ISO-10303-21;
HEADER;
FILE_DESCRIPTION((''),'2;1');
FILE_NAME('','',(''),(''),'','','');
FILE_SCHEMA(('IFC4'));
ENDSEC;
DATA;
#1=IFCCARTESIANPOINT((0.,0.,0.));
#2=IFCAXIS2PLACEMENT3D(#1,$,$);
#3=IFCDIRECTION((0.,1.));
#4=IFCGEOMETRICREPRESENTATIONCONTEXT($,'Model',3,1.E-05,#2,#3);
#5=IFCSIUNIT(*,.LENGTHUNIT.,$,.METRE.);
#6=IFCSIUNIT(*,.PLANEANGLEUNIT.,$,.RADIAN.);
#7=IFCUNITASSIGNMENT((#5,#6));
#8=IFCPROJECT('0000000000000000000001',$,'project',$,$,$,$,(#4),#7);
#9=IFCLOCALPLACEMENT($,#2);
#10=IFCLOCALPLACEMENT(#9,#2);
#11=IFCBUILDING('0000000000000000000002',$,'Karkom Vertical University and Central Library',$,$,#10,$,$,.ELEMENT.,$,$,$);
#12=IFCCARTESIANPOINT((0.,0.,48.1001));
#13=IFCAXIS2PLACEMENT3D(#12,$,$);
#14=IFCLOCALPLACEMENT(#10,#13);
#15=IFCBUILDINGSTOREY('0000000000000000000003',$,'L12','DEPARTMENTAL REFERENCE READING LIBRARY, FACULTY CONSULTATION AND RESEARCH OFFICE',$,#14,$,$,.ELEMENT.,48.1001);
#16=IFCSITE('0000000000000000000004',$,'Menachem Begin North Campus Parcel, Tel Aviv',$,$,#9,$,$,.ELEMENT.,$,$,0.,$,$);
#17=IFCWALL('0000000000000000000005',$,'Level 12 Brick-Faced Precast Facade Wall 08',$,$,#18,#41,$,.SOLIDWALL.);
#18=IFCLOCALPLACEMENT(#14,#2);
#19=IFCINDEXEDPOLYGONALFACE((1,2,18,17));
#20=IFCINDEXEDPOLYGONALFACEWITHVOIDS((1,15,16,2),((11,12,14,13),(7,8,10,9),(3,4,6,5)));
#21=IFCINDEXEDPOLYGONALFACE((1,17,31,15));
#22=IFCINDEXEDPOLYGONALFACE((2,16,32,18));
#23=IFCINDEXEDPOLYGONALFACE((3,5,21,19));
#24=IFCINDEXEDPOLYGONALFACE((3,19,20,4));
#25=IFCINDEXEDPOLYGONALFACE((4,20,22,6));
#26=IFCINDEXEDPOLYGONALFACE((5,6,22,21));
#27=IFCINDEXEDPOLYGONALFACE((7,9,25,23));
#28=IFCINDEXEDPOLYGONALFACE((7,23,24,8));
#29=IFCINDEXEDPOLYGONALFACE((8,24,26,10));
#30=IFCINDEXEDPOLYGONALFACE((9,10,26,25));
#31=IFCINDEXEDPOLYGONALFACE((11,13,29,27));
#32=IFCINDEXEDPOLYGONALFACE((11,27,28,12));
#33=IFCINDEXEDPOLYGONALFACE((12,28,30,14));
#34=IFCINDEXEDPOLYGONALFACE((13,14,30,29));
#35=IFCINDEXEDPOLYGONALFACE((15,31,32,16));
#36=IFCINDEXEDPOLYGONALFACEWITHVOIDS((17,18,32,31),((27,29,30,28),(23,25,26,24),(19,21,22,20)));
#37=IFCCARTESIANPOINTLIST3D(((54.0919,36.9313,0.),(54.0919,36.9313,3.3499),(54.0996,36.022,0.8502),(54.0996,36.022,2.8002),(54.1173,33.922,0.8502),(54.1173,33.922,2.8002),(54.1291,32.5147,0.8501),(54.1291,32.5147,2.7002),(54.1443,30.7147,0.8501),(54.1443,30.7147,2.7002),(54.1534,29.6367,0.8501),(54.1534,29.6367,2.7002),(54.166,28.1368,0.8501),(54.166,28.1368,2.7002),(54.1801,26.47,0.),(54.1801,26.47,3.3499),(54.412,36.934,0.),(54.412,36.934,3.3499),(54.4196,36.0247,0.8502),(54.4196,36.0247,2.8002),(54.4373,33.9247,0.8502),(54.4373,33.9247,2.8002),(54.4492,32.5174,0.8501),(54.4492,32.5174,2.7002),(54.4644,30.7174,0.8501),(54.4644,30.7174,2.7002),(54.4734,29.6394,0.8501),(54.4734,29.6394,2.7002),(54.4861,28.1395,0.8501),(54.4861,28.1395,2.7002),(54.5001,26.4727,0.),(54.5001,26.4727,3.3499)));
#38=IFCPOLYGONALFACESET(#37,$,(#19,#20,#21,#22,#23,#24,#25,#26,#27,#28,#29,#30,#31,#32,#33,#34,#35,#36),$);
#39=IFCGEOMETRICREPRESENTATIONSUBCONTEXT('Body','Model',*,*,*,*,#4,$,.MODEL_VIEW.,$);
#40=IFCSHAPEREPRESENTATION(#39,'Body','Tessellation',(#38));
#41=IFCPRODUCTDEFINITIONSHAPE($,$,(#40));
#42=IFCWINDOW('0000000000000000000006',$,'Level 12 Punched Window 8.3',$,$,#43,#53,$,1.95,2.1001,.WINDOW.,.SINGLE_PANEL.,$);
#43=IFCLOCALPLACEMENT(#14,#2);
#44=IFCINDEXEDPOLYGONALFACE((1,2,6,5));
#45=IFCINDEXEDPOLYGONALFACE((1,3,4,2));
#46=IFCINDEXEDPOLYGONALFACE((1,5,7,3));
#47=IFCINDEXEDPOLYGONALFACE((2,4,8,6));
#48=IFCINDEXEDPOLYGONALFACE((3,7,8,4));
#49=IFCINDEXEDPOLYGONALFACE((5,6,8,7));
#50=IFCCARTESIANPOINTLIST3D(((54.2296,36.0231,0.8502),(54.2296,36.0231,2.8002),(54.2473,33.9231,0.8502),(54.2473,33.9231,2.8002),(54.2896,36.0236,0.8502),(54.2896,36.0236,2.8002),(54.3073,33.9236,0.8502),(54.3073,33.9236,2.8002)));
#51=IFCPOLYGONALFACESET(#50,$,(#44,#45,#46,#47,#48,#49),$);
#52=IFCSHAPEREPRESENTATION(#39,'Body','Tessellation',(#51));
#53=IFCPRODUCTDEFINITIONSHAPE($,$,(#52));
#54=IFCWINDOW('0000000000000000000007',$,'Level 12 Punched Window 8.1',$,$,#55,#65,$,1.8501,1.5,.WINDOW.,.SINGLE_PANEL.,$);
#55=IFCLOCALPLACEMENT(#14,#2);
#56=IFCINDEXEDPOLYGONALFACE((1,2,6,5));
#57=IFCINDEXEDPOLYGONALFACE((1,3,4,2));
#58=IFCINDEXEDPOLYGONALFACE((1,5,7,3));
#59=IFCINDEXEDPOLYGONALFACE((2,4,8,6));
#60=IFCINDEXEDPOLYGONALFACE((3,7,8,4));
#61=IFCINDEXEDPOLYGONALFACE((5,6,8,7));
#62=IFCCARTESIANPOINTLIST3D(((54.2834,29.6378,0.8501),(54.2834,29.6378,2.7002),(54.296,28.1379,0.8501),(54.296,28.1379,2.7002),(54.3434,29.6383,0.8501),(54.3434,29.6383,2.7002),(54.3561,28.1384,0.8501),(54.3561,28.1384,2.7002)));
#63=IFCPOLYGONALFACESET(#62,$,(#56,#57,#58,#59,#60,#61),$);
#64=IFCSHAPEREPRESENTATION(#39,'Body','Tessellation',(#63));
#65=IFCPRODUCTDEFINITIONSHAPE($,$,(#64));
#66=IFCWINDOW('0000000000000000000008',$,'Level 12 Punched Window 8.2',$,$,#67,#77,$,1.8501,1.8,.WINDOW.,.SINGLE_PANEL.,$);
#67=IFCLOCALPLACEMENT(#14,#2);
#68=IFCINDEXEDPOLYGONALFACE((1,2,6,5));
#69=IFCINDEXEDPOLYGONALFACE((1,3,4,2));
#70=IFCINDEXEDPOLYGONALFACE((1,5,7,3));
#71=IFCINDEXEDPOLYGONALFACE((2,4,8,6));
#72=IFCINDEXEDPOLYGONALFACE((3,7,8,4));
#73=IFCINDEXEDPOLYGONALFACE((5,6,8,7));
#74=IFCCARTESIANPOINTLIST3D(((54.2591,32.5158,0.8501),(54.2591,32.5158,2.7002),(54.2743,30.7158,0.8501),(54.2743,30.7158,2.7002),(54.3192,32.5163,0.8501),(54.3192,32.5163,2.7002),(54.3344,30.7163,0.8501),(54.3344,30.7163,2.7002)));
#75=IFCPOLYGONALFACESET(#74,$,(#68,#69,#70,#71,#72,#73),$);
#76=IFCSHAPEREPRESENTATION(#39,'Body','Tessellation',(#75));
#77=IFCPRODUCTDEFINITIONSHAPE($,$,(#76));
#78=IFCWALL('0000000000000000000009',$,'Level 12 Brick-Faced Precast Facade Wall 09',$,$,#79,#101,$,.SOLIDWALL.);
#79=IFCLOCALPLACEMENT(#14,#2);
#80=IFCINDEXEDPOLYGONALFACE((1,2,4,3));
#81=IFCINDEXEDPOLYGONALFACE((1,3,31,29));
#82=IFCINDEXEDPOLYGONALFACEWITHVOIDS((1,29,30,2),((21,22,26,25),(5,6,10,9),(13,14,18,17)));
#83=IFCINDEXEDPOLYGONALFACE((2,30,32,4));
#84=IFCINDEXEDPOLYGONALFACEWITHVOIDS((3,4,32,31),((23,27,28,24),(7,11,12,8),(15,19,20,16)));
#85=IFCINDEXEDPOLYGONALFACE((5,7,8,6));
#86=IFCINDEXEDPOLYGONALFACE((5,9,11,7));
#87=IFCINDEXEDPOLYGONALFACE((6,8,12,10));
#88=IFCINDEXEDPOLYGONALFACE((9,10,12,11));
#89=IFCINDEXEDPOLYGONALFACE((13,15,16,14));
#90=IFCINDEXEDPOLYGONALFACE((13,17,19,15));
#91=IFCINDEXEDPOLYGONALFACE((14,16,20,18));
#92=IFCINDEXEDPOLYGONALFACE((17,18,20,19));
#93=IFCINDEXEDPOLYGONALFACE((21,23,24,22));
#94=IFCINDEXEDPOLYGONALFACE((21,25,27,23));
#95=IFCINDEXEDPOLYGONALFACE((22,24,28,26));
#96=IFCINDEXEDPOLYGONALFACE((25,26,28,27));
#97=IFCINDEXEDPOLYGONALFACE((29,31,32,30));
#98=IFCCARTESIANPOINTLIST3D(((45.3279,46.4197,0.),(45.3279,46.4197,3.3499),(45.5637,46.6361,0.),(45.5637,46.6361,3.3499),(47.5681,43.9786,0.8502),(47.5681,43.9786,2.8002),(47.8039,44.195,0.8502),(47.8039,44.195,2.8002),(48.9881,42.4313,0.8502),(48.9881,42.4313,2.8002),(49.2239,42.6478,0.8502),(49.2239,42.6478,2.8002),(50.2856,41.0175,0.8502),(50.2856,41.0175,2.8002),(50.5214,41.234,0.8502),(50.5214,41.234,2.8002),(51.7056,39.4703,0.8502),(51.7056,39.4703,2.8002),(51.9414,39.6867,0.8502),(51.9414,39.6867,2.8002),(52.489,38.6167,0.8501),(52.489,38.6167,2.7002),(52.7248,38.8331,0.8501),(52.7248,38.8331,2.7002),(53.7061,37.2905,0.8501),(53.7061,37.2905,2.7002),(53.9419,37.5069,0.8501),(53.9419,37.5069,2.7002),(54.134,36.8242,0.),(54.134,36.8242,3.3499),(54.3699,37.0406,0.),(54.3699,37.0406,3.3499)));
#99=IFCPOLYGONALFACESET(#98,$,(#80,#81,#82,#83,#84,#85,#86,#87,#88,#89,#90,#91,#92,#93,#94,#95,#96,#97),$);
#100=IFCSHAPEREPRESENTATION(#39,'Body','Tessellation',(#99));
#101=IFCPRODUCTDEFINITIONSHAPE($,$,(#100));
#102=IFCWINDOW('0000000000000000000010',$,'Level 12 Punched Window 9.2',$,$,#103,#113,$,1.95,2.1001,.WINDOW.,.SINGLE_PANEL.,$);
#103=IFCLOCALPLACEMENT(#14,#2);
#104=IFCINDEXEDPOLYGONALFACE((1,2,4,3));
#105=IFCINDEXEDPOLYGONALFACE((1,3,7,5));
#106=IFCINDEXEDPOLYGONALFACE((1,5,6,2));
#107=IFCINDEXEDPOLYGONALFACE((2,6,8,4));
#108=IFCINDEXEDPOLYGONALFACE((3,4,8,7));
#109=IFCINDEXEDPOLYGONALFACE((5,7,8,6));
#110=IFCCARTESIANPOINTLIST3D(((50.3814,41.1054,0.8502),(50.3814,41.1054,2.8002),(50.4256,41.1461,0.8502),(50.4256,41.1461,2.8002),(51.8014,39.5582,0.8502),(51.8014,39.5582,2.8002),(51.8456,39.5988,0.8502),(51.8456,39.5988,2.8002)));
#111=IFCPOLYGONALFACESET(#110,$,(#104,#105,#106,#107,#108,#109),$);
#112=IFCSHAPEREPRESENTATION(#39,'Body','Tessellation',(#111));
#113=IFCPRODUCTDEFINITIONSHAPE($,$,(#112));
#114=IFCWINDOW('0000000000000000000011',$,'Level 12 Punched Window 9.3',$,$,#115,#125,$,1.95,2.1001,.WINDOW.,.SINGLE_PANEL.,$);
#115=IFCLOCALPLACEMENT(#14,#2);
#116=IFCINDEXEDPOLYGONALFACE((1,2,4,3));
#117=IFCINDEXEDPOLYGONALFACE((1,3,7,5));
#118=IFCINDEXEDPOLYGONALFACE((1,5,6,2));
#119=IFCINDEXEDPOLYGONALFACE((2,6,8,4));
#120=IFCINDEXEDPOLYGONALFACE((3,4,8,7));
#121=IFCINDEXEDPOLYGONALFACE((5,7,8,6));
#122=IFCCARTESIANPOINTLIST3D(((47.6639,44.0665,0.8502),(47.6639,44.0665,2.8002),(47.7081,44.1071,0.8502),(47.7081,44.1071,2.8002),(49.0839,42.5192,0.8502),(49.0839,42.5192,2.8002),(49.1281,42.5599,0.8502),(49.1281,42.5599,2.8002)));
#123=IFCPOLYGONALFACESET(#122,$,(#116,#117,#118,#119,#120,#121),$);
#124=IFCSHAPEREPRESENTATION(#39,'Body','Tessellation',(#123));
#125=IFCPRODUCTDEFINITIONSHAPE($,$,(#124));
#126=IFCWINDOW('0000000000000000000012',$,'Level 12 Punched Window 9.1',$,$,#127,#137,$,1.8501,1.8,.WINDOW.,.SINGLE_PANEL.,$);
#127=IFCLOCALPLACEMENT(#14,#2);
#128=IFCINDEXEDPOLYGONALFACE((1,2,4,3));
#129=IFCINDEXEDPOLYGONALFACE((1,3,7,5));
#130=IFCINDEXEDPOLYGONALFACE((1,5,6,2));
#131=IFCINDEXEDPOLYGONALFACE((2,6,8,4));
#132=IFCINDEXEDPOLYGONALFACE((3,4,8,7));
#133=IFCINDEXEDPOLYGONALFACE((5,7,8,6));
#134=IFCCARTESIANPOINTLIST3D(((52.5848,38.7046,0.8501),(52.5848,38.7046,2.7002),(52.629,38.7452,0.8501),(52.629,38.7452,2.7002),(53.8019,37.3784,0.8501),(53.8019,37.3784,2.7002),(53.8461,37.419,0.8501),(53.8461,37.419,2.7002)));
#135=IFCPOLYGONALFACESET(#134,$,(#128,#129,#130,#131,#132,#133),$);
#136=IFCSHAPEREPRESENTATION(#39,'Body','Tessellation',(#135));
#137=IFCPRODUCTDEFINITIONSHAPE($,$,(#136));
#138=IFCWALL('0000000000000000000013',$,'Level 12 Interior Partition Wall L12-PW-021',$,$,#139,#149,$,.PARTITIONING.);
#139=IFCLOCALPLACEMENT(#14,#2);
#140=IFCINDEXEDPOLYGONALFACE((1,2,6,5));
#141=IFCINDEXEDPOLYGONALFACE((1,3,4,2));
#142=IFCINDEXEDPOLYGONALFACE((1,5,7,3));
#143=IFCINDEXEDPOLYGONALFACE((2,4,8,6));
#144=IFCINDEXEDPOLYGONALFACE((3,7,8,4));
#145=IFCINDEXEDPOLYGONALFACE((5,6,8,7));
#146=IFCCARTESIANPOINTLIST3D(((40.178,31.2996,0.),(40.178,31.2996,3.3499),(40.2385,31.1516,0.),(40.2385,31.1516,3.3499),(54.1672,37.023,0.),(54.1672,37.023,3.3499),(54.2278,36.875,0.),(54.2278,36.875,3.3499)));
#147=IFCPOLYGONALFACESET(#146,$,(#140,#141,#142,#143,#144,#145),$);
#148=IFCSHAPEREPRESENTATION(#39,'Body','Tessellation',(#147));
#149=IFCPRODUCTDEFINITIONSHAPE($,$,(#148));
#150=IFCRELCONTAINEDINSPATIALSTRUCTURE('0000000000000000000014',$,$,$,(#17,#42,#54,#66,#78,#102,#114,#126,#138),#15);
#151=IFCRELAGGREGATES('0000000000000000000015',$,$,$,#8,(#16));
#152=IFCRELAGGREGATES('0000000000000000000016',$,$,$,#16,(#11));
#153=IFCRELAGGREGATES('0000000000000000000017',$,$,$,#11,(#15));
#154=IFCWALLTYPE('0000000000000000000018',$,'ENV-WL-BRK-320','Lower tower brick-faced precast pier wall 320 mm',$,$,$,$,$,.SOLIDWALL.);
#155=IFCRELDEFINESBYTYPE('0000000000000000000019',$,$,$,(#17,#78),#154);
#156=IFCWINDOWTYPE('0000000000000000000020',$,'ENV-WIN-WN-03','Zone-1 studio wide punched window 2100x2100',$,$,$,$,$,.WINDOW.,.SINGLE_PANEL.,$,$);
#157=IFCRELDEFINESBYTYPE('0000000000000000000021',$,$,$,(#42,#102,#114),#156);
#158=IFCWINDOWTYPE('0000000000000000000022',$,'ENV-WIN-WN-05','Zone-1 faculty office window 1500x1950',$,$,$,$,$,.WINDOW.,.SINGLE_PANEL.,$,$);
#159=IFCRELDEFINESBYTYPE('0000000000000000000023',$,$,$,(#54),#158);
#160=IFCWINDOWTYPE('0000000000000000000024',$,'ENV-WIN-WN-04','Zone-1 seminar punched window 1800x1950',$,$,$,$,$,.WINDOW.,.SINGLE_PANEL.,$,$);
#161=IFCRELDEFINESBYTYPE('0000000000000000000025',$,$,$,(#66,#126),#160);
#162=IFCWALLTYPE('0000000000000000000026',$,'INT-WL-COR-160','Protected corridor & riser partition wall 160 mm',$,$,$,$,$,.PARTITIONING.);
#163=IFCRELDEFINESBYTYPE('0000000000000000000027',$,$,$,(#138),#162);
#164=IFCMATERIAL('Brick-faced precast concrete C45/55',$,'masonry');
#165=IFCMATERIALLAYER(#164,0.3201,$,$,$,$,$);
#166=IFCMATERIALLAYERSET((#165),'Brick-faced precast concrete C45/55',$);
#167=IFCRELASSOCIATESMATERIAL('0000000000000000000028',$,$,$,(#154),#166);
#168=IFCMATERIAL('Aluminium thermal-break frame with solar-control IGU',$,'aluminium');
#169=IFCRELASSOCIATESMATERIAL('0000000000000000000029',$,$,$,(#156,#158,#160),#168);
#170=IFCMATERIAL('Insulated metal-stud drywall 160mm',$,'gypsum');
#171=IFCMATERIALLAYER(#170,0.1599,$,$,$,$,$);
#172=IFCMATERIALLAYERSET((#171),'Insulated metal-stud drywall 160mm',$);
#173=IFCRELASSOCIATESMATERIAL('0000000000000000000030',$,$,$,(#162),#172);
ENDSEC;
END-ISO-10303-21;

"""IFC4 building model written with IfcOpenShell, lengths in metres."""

from ifc_helpers import new_model, si_unit, direction, frame, frame_2d, origin, origin_with_axes, place, context, subcontext, project, spatial, rectangle, extrude, source, transform, mapped, material, layer, layer_set, type_object, element, fill, save


model = new_model("IFC4")

# Units and contexts
model_context = context("Model", 3, precision=1e-05, world=origin(), true_north=direction((0.0, 1.0)))
body_context = subcontext(model_context, "Body", "Model", "MODEL_VIEW")
ifc_project = project(units=[si_unit("LENGTHUNIT", "METRE"), si_unit("PLANEANGLEUNIT", "RADIAN")], contexts=[model_context])

# Site, building, storey
site_placement = place(None, origin())
site = spatial("IfcSite", under=ifc_project, at=site_placement, Name="Menachem Begin North Campus Parcel, Tel Aviv", CompositionType="ELEMENT", RefElevation=0.0)
building_placement = place(site_placement, origin())
building = spatial("IfcBuilding", under=site, at=building_placement, Name="Karkom Vertical University and Central Library", CompositionType="ELEMENT")
storey_placement = place(building_placement, frame((0.0, 0.0, 48.1001)))
storey = spatial("IfcBuildingStorey", under=building, at=storey_placement, Name="L12", Description="DEPARTMENTAL REFERENCE READING LIBRARY, FACULTY CONSULTATION AND RESEARCH OFFICE", CompositionType="ELEMENT", Elevation=48.1001)

# Walls, openings, windows
ifc_material_1 = material(Name="Brick-faced precast concrete C45/55", Category="masonry")
ifc_layer_1 = layer(ifc_material_1, 0.3201)
ifc_layer_set_1 = layer_set([ifc_layer_1], Name="Brick-faced precast concrete C45/55")
wall_type_1 = type_object("IfcWallType", Name="ENV-WL-BRK-320", Description="Lower tower brick-faced precast pier wall 320 mm", PredefinedType="SOLIDWALL", material=ifc_layer_set_1)
wall_1_placement = place(storey_placement, frame((54.3401, 26.4712, 0.0), z_axis=(0.0, 0.0, 1.0), x_axis=(-0.008425, 0.999965, 0.0)))
wall_1 = element("IfcWall", 1, at=wall_1_placement, inside=storey, type_object=wall_type_1, Name="Level 12 Brick-Faced Precast Facade Wall 08", PredefinedType="SOLIDWALL", context=body_context, shape_type="SweptSolid", body=[
    extrude(rectangle(XDim=10.4617, YDim=0.3201, at=frame_2d((5.231, 0.0))), origin(), (0.0, 0.0, 1.0), 3.3499),
])
opening_1_placement = place(wall_1_placement, frame((1.667, 0.0, 0.8501)))
opening_1 = element("IfcOpeningElement", 2, at=opening_1_placement, cuts=wall_1, PredefinedType="OPENING", context=body_context, shape_type="SweptSolid", body=[
    extrude(rectangle(XDim=1.5, YDim=1.8501, at=frame_2d((0.75, 0.925))), frame((0.0, 0.1699, 0.0), z_axis=(0.0, -1.0, 0.0), x_axis=(1.0, 0.0, 0.0)), (0.0, 0.0, 1.0), 0.3401),
])
opening_2_placement = place(wall_1_placement, frame((4.2451, 0.0, 0.8501)))
opening_2 = element("IfcOpeningElement", 3, at=opening_2_placement, cuts=wall_1, PredefinedType="OPENING", context=body_context, shape_type="SweptSolid", body=[
    extrude(rectangle(XDim=1.8, YDim=1.8501, at=frame_2d((0.8999, 0.925))), frame((0.0, 0.1699, 0.0), z_axis=(0.0, -1.0, 0.0), x_axis=(1.0, 0.0, 0.0)), (0.0, 0.0, 1.0), 0.3401),
])
opening_3_placement = place(wall_1_placement, frame((7.4524, 0.0, 0.8501)))
opening_3 = element("IfcOpeningElement", 4, at=opening_3_placement, cuts=wall_1, PredefinedType="OPENING", context=body_context, shape_type="SweptSolid", body=[
    extrude(rectangle(XDim=2.1001, YDim=1.95, at=frame_2d((1.05, 0.9751))), frame((0.0, 0.1699, 0.0), z_axis=(0.0, -1.0, 0.0), x_axis=(1.0, 0.0, 0.0)), (0.0, 0.0, 1.0), 0.3401),
])
ifc_material_2 = material(Name="Aluminium thermal-break frame with solar-control IGU", Category="aluminium")
window_type_1 = type_object("IfcWindowType", Name="ENV-WIN-WN-03", Description="Zone-1 studio wide punched window 2100x2100", PartitioningType="SINGLE_PANEL", PredefinedType="WINDOW", material=ifc_material_2)
shared_shape_1 = source(origin_with_axes(), body_context, "Body", "SweptSolid", [
    extrude(rectangle(XDim=2.1001, YDim=1.95, at=frame_2d((1.05, 0.9751))), frame((0.0, 0.03, 0.0), z_axis=(0.0, -1.0, 0.0), x_axis=(1.0, 0.0, 0.0)), (0.0, 0.0, 1.0), 0.0601),
])
window_1_placement = place(opening_3_placement, origin())
window_1 = element("IfcWindow", 5, at=window_1_placement, inside=storey, type_object=window_type_1, Name="Level 12 Punched Window 8.3", OverallHeight=1.95, OverallWidth=2.1001, PartitioningType="SINGLE_PANEL", PredefinedType="WINDOW", context=body_context, shape_type="MappedRepresentation", body=[
    mapped(shared_shape_1, transform((0.0, 0.0, 0.0), scale=1.0)),
])
fill(opening_3, window_1)
window_type_2 = type_object("IfcWindowType", Name="ENV-WIN-WN-05", Description="Zone-1 faculty office window 1500x1950", PartitioningType="SINGLE_PANEL", PredefinedType="WINDOW", material=ifc_material_2)
shared_shape_2 = source(origin_with_axes(), body_context, "Body", "SweptSolid", [
    extrude(rectangle(XDim=1.5, YDim=1.8501, at=frame_2d((0.75, 0.925))), frame((0.0, 0.03, 0.0), z_axis=(0.0, -1.0, 0.0), x_axis=(1.0, 0.0, 0.0)), (0.0, 0.0, 1.0), 0.0601),
])
window_2_placement = place(opening_1_placement, origin())
window_2 = element("IfcWindow", 6, at=window_2_placement, inside=storey, type_object=window_type_2, Name="Level 12 Punched Window 8.1", OverallHeight=1.8501, OverallWidth=1.5, PartitioningType="SINGLE_PANEL", PredefinedType="WINDOW", context=body_context, shape_type="MappedRepresentation", body=[
    mapped(shared_shape_2, transform((0.0, 0.0, 0.0), scale=1.0)),
])
fill(opening_1, window_2)
window_type_3 = type_object("IfcWindowType", Name="ENV-WIN-WN-04", Description="Zone-1 seminar punched window 1800x1950", PartitioningType="SINGLE_PANEL", PredefinedType="WINDOW", material=ifc_material_2)
shared_shape_3 = source(origin_with_axes(), body_context, "Body", "SweptSolid", [
    extrude(rectangle(XDim=1.8, YDim=1.8501, at=frame_2d((0.8999, 0.925))), frame((0.0, 0.03, 0.0), z_axis=(0.0, -1.0, 0.0), x_axis=(1.0, 0.0, 0.0)), (0.0, 0.0, 1.0), 0.0601),
])
window_3_placement = place(opening_2_placement, origin())
window_3 = element("IfcWindow", 7, at=window_3_placement, inside=storey, type_object=window_type_3, Name="Level 12 Punched Window 8.2", OverallHeight=1.8501, OverallWidth=1.8, PartitioningType="SINGLE_PANEL", PredefinedType="WINDOW", context=body_context, shape_type="MappedRepresentation", body=[
    mapped(shared_shape_3, transform((0.0, 0.0, 0.0), scale=1.0)),
])
fill(opening_2, window_3)
wall_2_placement = place(storey_placement, frame((54.252, 36.9324, 0.0), z_axis=(0.0, 0.0, 1.0), x_axis=(-0.676155, 0.73676, 0.0)))
wall_2 = element("IfcWall", 8, at=wall_2_placement, inside=storey, type_object=wall_type_1, Name="Level 12 Brick-Faced Precast Facade Wall 09", PredefinedType="SOLIDWALL", context=body_context, shape_type="SweptSolid", body=[
    extrude(rectangle(XDim=13.0239, YDim=0.3201, at=frame_2d((6.512, 0.0))), origin(), (0.0, 0.0, 1.0), 3.3499),
])
opening_4_placement = place(wall_2_placement, frame((0.6331, 0.0, 0.8501)))
opening_4 = element("IfcOpeningElement", 9, at=opening_4_placement, cuts=wall_2, PredefinedType="OPENING", context=body_context, shape_type="SweptSolid", body=[
    extrude(rectangle(XDim=1.8, YDim=1.8501, at=frame_2d((0.8999, 0.925))), frame((0.0, 0.1699, 0.0), z_axis=(0.0, -1.0, 0.0), x_axis=(1.0, 0.0, 0.0)), (0.0, 0.0, 1.0), 0.3401),
])
opening_5_placement = place(wall_2_placement, frame((3.5916, 0.0, 0.8501)))
opening_5 = element("IfcOpeningElement", 10, at=opening_5_placement, cuts=wall_2, PredefinedType="OPENING", context=body_context, shape_type="SweptSolid", body=[
    extrude(rectangle(XDim=2.1001, YDim=1.95, at=frame_2d((1.05, 0.9751))), frame((0.0, 0.1699, 0.0), z_axis=(0.0, -1.0, 0.0), x_axis=(1.0, 0.0, 0.0)), (0.0, 0.0, 1.0), 0.3401),
])
opening_6_placement = place(wall_2_placement, frame((7.6106, 0.0, 0.8501)))
opening_6 = element("IfcOpeningElement", 11, at=opening_6_placement, cuts=wall_2, PredefinedType="OPENING", context=body_context, shape_type="SweptSolid", body=[
    extrude(rectangle(XDim=2.1001, YDim=1.95, at=frame_2d((1.05, 0.9751))), frame((0.0, 0.1699, 0.0), z_axis=(0.0, -1.0, 0.0), x_axis=(1.0, 0.0, 0.0)), (0.0, 0.0, 1.0), 0.3401),
])
window_4_placement = place(opening_5_placement, origin())
window_4 = element("IfcWindow", 12, at=window_4_placement, inside=storey, type_object=window_type_1, Name="Level 12 Punched Window 9.2", OverallHeight=1.95, OverallWidth=2.1001, PartitioningType="SINGLE_PANEL", PredefinedType="WINDOW", context=body_context, shape_type="MappedRepresentation", body=[
    mapped(shared_shape_1, transform((0.0, 0.0, 0.0), scale=1.0)),
])
fill(opening_5, window_4)
window_5_placement = place(opening_6_placement, origin())
window_5 = element("IfcWindow", 13, at=window_5_placement, inside=storey, type_object=window_type_1, Name="Level 12 Punched Window 9.3", OverallHeight=1.95, OverallWidth=2.1001, PartitioningType="SINGLE_PANEL", PredefinedType="WINDOW", context=body_context, shape_type="MappedRepresentation", body=[
    mapped(shared_shape_1, transform((0.0, 0.0, 0.0), scale=1.0)),
])
fill(opening_6, window_5)
window_6_placement = place(opening_4_placement, origin())
window_6 = element("IfcWindow", 14, at=window_6_placement, inside=storey, type_object=window_type_3, Name="Level 12 Punched Window 9.1", OverallHeight=1.8501, OverallWidth=1.8, PartitioningType="SINGLE_PANEL", PredefinedType="WINDOW", context=body_context, shape_type="MappedRepresentation", body=[
    mapped(shared_shape_3, transform((0.0, 0.0, 0.0), scale=1.0)),
])
fill(opening_4, window_6)

# Wall
ifc_material_3 = material(Name="Insulated metal-stud drywall 160mm", Category="gypsum")
ifc_layer_2 = layer(ifc_material_3, 0.1599)
ifc_layer_set_2 = layer_set([ifc_layer_2], Name="Insulated metal-stud drywall 160mm")
wall_type_2 = type_object("IfcWallType", Name="INT-WL-COR-160", Description="Protected corridor & riser partition wall 160 mm", PredefinedType="PARTITIONING", material=ifc_layer_set_2)
wall_3_placement = place(storey_placement, frame((40.2083, 31.2256, 0.0), z_axis=(0.0, 0.0, 1.0), x_axis=(0.925535, 0.378662, 0.0)))
element("IfcWall", 15, at=wall_3_placement, inside=storey, type_object=wall_type_2, Name="Level 12 Interior Partition Wall L12-PW-021", PredefinedType="PARTITIONING", context=body_context, shape_type="SweptSolid", body=[
    extrude(rectangle(XDim=15.1147, YDim=0.1599, at=frame_2d((7.5574, 0.0))), origin(), (0.0, 0.0, 1.0), 3.3499),
])

save(model, "model.ifc")
